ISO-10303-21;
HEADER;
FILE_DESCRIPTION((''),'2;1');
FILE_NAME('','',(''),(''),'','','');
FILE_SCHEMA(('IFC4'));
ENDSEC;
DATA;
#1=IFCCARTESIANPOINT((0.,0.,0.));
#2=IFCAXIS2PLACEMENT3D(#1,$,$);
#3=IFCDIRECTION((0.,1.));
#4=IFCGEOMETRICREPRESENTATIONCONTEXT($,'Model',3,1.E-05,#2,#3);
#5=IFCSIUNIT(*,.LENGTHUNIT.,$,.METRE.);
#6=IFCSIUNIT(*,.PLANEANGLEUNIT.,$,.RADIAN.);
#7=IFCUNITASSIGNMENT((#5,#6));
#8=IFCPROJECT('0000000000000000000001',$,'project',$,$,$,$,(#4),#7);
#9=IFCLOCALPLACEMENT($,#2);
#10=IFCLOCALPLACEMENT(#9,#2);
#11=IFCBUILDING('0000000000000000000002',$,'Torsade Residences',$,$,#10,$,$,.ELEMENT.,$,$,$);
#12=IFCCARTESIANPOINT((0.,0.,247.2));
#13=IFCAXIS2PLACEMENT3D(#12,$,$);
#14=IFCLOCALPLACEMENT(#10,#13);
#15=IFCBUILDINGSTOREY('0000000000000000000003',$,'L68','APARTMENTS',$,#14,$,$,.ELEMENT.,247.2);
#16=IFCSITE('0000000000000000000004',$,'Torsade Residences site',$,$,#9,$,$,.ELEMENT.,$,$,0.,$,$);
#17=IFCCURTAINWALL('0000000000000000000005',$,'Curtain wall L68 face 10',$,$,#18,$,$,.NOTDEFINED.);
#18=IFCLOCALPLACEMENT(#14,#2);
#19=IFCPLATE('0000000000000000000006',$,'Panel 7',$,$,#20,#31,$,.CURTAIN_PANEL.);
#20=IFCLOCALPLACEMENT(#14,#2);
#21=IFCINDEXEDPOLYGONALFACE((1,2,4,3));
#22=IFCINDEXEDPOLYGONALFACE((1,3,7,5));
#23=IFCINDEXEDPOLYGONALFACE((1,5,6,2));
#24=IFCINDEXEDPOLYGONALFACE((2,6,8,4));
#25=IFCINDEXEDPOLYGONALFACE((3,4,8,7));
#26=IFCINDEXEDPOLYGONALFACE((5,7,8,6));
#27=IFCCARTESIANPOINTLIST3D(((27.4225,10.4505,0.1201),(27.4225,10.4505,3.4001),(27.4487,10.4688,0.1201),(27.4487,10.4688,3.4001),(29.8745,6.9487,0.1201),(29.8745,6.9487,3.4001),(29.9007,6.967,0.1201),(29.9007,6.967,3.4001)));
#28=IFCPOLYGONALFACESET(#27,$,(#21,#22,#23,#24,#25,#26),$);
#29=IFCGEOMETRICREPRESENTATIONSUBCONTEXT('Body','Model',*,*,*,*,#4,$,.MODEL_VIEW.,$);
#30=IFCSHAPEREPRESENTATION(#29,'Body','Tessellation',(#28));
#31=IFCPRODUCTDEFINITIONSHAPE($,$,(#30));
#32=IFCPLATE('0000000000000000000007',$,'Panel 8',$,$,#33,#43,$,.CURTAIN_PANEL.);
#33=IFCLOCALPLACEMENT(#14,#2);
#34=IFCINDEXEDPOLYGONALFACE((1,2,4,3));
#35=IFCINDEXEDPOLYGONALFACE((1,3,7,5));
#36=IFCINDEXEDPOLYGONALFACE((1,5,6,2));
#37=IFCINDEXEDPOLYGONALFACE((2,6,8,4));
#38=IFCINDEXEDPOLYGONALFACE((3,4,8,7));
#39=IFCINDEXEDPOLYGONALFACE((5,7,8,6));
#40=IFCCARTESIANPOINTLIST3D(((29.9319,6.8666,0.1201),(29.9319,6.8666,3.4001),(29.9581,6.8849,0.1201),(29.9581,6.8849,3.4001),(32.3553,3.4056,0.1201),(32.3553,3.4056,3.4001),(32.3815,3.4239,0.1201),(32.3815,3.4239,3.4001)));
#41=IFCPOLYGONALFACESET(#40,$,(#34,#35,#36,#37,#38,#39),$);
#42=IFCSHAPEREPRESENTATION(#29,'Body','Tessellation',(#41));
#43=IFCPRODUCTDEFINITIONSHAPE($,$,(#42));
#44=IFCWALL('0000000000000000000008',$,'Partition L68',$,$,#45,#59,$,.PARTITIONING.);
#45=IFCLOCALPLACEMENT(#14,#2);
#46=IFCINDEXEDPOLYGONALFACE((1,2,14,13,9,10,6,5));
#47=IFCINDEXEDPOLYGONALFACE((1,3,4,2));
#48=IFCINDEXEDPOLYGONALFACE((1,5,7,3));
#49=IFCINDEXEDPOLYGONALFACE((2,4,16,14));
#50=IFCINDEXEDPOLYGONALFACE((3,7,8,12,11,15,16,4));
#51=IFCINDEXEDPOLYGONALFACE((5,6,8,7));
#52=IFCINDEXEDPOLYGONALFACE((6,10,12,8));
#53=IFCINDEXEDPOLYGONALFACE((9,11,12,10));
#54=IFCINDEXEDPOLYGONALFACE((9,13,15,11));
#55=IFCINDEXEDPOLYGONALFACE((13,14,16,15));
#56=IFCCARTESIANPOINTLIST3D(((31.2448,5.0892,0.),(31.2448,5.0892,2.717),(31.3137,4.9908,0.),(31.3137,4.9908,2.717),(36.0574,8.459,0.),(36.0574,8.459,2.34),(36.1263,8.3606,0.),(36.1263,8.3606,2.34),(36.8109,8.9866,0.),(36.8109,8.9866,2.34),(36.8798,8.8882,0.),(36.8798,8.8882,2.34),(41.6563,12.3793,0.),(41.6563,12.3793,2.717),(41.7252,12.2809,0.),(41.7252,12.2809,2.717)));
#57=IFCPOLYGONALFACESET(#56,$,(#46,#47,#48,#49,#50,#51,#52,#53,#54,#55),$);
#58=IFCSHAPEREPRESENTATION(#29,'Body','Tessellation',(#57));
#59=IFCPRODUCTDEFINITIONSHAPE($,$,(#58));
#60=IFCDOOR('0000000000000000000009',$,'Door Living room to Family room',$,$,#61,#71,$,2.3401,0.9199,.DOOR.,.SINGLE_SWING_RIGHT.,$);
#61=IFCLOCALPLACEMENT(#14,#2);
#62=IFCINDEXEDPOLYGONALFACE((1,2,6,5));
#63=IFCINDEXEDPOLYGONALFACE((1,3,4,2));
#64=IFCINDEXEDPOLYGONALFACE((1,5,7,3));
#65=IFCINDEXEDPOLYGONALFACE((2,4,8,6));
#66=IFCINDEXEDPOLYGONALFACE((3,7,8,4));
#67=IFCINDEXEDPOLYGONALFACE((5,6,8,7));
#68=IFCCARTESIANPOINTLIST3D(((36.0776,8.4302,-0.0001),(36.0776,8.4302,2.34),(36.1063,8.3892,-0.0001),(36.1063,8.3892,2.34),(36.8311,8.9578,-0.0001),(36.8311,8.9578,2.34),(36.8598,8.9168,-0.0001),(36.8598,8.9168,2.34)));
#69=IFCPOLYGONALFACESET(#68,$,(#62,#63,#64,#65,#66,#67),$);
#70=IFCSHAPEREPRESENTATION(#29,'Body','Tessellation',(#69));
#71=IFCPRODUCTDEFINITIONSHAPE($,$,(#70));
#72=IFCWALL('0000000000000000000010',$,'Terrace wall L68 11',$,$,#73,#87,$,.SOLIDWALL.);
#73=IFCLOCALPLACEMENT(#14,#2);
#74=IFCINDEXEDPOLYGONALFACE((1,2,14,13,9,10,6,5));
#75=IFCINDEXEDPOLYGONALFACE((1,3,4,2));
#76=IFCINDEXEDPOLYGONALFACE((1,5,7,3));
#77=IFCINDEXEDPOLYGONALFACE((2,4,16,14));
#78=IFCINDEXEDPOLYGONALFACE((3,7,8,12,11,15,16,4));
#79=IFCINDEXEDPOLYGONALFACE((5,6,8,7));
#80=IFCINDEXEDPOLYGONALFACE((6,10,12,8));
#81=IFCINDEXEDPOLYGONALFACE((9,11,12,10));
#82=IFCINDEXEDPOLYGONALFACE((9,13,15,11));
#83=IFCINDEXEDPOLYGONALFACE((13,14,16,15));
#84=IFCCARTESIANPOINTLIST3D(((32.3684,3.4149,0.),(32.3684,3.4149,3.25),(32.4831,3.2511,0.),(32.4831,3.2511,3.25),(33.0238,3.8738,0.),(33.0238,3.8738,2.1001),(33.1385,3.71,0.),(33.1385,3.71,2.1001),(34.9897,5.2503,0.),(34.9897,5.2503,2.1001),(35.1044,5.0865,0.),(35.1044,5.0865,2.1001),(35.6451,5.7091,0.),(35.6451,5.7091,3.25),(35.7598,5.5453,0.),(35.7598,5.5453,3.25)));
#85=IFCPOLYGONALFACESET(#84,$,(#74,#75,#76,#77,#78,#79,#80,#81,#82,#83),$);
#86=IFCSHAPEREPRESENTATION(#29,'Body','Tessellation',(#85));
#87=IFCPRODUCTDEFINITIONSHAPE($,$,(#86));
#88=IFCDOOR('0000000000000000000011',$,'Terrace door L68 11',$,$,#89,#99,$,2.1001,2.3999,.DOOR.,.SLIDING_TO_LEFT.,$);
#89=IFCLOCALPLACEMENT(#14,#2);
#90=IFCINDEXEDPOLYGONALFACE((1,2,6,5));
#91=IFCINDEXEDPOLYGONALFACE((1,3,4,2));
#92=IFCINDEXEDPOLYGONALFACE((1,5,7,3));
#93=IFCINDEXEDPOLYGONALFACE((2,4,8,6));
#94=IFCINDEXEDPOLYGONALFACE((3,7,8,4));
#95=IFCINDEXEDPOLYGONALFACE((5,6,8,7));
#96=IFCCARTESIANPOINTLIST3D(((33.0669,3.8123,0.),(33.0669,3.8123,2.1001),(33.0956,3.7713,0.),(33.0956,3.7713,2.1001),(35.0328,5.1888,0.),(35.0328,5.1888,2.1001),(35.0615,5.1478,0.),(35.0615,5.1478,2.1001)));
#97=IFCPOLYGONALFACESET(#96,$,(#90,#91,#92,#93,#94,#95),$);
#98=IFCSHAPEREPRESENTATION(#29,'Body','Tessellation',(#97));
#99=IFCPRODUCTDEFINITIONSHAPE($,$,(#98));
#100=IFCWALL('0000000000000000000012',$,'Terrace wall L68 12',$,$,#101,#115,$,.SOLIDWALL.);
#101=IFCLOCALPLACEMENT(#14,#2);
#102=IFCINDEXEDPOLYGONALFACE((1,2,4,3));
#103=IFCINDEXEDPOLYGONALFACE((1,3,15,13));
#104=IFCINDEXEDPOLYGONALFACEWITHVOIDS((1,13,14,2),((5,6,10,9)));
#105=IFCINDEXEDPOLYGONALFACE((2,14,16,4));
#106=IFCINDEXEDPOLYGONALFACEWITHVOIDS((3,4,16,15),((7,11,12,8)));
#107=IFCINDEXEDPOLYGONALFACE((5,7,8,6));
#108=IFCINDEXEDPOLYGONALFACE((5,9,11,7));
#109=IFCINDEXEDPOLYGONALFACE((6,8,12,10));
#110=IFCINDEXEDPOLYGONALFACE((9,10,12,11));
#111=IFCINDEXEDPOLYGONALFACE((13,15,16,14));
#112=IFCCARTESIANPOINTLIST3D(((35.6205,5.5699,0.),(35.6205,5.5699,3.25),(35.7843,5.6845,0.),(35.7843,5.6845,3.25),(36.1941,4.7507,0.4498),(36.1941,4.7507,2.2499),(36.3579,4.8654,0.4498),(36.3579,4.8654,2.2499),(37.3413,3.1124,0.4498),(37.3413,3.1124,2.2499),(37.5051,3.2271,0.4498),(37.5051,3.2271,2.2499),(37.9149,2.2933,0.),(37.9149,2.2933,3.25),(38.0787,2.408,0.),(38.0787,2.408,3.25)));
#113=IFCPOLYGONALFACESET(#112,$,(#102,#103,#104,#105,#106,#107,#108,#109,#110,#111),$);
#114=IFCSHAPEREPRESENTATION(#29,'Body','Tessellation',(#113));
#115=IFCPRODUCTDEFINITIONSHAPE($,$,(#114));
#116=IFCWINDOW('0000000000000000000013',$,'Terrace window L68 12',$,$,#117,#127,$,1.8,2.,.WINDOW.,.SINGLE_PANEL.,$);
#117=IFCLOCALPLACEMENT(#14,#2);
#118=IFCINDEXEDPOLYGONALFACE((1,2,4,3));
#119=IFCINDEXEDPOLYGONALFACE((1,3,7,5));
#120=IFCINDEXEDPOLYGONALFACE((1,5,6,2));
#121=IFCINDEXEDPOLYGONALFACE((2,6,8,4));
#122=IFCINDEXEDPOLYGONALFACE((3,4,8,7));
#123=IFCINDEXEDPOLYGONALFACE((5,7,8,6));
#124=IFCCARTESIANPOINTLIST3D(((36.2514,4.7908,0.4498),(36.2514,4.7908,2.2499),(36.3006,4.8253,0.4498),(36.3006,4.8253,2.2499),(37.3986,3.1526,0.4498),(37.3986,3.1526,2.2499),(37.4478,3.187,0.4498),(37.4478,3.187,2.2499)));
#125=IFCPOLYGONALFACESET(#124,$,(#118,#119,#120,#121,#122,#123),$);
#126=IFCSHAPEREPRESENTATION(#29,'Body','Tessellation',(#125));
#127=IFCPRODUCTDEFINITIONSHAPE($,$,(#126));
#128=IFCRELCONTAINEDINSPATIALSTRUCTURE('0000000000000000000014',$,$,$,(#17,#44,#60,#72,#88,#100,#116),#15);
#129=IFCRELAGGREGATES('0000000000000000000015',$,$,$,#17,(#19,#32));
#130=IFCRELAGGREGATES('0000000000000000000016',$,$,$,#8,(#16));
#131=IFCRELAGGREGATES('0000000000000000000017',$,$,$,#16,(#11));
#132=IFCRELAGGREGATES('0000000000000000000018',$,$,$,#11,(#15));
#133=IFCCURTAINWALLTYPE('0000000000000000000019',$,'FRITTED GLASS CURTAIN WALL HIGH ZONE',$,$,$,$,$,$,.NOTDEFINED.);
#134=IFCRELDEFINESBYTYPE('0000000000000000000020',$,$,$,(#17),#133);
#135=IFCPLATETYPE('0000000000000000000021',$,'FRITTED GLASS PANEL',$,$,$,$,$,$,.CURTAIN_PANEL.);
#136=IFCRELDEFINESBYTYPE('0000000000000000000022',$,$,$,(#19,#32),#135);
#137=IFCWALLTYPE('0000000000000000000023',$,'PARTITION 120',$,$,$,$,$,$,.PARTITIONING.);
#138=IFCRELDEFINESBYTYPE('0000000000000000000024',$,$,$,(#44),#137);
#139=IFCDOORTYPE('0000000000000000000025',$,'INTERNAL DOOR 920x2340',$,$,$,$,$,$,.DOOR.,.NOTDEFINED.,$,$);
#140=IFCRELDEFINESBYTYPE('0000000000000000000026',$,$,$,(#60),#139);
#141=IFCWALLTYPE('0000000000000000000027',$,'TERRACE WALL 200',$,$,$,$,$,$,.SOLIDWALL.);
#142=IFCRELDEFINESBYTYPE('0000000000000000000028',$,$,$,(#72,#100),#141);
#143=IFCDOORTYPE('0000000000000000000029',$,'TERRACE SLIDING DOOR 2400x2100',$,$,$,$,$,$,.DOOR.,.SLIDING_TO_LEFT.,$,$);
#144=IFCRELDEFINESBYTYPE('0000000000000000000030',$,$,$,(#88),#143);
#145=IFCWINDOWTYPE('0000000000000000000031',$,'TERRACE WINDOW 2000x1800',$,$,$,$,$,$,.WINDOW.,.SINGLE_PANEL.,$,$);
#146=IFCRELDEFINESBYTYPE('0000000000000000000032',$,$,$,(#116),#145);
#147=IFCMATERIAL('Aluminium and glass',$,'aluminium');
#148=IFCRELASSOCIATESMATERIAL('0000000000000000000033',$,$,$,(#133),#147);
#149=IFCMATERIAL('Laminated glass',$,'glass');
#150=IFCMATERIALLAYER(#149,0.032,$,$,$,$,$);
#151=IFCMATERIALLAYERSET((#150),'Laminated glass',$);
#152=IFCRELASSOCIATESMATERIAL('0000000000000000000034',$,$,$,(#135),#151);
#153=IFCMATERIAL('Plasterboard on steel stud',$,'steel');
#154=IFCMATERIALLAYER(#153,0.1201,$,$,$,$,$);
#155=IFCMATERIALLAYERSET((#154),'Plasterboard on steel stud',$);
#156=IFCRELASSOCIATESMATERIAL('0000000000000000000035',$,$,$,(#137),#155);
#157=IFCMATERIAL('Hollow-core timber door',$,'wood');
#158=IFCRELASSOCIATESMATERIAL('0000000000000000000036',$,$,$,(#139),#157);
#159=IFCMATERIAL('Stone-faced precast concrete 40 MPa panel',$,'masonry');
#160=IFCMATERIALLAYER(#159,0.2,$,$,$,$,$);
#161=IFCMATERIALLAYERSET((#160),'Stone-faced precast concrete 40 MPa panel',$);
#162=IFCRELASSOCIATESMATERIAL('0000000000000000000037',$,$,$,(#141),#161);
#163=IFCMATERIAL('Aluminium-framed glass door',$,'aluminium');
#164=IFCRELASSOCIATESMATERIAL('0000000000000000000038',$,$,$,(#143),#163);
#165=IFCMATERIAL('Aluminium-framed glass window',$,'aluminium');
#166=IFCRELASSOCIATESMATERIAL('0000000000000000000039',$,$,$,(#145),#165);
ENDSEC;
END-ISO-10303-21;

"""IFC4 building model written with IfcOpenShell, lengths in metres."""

from ifc_helpers import new_model, si_unit, direction, frame, frame_2d, origin, origin_2d, place, context, subcontext, project, spatial, rectangle, extrude, material, layer, layer_set, type_object, element, fill, aggregate, save


model = new_model("IFC4")

# Units and contexts
model_context = context("Model", 3, precision=1e-05, world=origin(), true_north=direction((0.0, 1.0)))
body_context = subcontext(model_context, "Body", "Model", "MODEL_VIEW")
ifc_project = project(units=[si_unit("LENGTHUNIT", "METRE"), si_unit("PLANEANGLEUNIT", "RADIAN")], contexts=[model_context])

# Site, building, storey
site_placement = place(None, origin())
site = spatial("IfcSite", under=ifc_project, at=site_placement, Name="Torsade Residences site", CompositionType="ELEMENT", RefElevation=0.0)
building_placement = place(site_placement, origin())
building = spatial("IfcBuilding", under=site, at=building_placement, Name="Torsade Residences", CompositionType="ELEMENT")
storey_placement = place(building_placement, frame((0.0, 0.0, 247.2)))
storey = spatial("IfcBuildingStorey", under=building, at=storey_placement, Name="L68", Description="APARTMENTS", CompositionType="ELEMENT", Elevation=247.2)

# Shared definitions
ifc_material_1 = material(Name="Aluminium and glass", Category="aluminium")
curtain_wall_type = type_object("IfcCurtainWallType", Name="FRITTED GLASS CURTAIN WALL HIGH ZONE", PredefinedType="NOTDEFINED", material=ifc_material_1)

# Curtain wall
curtain_wall_1_placement = place(storey_placement, origin())
curtain_wall_1 = element("IfcCurtainWall", 1, at=curtain_wall_1_placement, inside=storey, type_object=curtain_wall_type, Name="Curtain wall L68 face 10", PredefinedType="NOTDEFINED")

# Plates
ifc_material_2 = material(Name="Laminated glass", Category="glass")
ifc_layer_1 = layer(ifc_material_2, 0.032)
ifc_layer_set_1 = layer_set([ifc_layer_1], Name="Laminated glass")
plate_type = type_object("IfcPlateType", Name="FRITTED GLASS PANEL", PredefinedType="CURTAIN_PANEL", material=ifc_layer_set_1)
plate_1_placement = place(storey_placement, frame((28.6616, 8.7087, 0.1201), z_axis=(0.0, 0.0, 1.0), x_axis=(0.573576, -0.819152, 0.0)))
plate_1 = element("IfcPlate", 2, at=plate_1_placement, type_object=plate_type, Name="Panel 7", PredefinedType="CURTAIN_PANEL", context=body_context, shape_type="SweptSolid", body=[
    extrude(rectangle(XDim=4.2749, YDim=0.032, at=origin_2d()), origin(), (0.0, 0.0, 1.0), 3.28),
])
plate_2_placement = place(storey_placement, frame((31.1567, 5.1453, 0.1201), z_axis=(0.0, 0.0, 1.0), x_axis=(0.573576, -0.819152, 0.0)))
plate_2 = element("IfcPlate", 3, at=plate_2_placement, type_object=plate_type, Name="Panel 8", PredefinedType="CURTAIN_PANEL", context=body_context, shape_type="SweptSolid", body=[
    extrude(rectangle(XDim=4.2251, YDim=0.032, at=origin_2d()), origin(), (0.0, 0.0, 1.0), 3.28),
])
aggregate(curtain_wall_1, [plate_1, plate_2])

# Walls, openings, doors
ifc_material_3 = material(Name="Plasterboard on steel stud", Category="steel")
ifc_layer_2 = layer(ifc_material_3, 0.1201)
ifc_layer_set_2 = layer_set([ifc_layer_2], Name="Plasterboard on steel stud")
wall_type_1 = type_object("IfcWallType", Name="PARTITION 120", PredefinedType="PARTITIONING", material=ifc_layer_set_2)
wall_1_placement = place(storey_placement, frame((31.2793, 5.04, 0.0), z_axis=(0.0, 0.0, 1.0), x_axis=(0.819155, 0.573572, 0.0)))
wall_1 = element("IfcWall", 4, at=wall_1_placement, inside=storey, type_object=wall_type_1, Name="Partition L68", PredefinedType="PARTITIONING", context=body_context, shape_type="SweptSolid", body=[
    extrude(rectangle(XDim=12.71, YDim=0.1201, at=frame_2d((6.355, 0.0))), origin(), (0.0, 0.0, 1.0), 2.717),
])
opening_1_placement = place(wall_1_placement, frame((5.875, 0.0, 0.0)))
opening_1 = element("IfcOpeningElement", 5, at=opening_1_placement, cuts=wall_1, PredefinedType="OPENING", context=body_context, shape_type="SweptSolid", body=[
    extrude(rectangle(XDim=0.9199, YDim=2.3401, at=frame_2d((0.46, 1.1699))), frame((0.0, 0.0701, 0.0), z_axis=(0.0, -1.0, 0.0), x_axis=(1.0, 0.0, 0.0)), (0.0, 0.0, 1.0), 0.1401),
])
ifc_material_4 = material(Name="Hollow-core timber door", Category="wood")
door_type_1 = type_object("IfcDoorType", Name="INTERNAL DOOR 920x2340", OperationType="NOTDEFINED", PredefinedType="DOOR", material=ifc_material_4)
door_1_placement = place(opening_1_placement, origin())
door_1 = element("IfcDoor", 6, at=door_1_placement, inside=storey, type_object=door_type_1, Name="Door Living room to Family room", OperationType="SINGLE_SWING_RIGHT", OverallHeight=2.3401, OverallWidth=0.9199, PredefinedType="DOOR", context=body_context, shape_type="SweptSolid", body=[
    extrude(rectangle(XDim=0.9199, YDim=2.3401, at=frame_2d((0.46, 1.1699))), frame((0.0, 0.0249, 0.0), z_axis=(0.0, -1.0, 0.0), x_axis=(1.0, 0.0, 0.0)), (0.0, 0.0, 1.0), 0.05),
])
fill(opening_1, door_1)
ifc_material_5 = material(Name="Stone-faced precast concrete 40 MPa panel", Category="masonry")
ifc_layer_3 = layer(ifc_material_5, 0.2)
ifc_layer_set_3 = layer_set([ifc_layer_3], Name="Stone-faced precast concrete 40 MPa panel")
wall_type_2 = type_object("IfcWallType", Name="TERRACE WALL 200", PredefinedType="SOLIDWALL", material=ifc_layer_set_3)
wall_2_placement = place(storey_placement, frame((32.4258, 3.333, 0.0), z_axis=(0.0, 0.0, 1.0), x_axis=(0.819166, 0.573557, 0.0)))
wall_2 = element("IfcWall", 7, at=wall_2_placement, inside=storey, type_object=wall_type_2, Name="Terrace wall L68 11", PredefinedType="SOLIDWALL", context=body_context, shape_type="SweptSolid", body=[
    extrude(rectangle(XDim=4.0, YDim=0.2, at=frame_2d((2.0, 0.0))), origin(), (0.0, 0.0, 1.0), 3.25),
])
opening_2_placement = place(wall_2_placement, frame((0.8, 0.0, 0.0)))
opening_2 = element("IfcOpeningElement", 8, at=opening_2_placement, cuts=wall_2, PredefinedType="OPENING", context=body_context, shape_type="SweptSolid", body=[
    extrude(rectangle(XDim=2.3999, YDim=2.1001, at=frame_2d((1.2, 1.05))), frame((0.0, 0.1099, 0.0), z_axis=(0.0, -1.0, 0.0), x_axis=(1.0, 0.0, 0.0)), (0.0, 0.0, 1.0), 0.22),
])
ifc_material_6 = material(Name="Aluminium-framed glass door", Category="aluminium")
door_type_2 = type_object("IfcDoorType", Name="TERRACE SLIDING DOOR 2400x2100", OperationType="SLIDING_TO_LEFT", PredefinedType="DOOR", material=ifc_material_6)
door_2_placement = place(opening_2_placement, origin())
door_2 = element("IfcDoor", 9, at=door_2_placement, inside=storey, type_object=door_type_2, Name="Terrace door L68 11", OperationType="SLIDING_TO_LEFT", OverallHeight=2.1001, OverallWidth=2.3999, PredefinedType="DOOR", context=body_context, shape_type="SweptSolid", body=[
    extrude(rectangle(XDim=2.3999, YDim=2.1001, at=frame_2d((1.2, 1.05))), frame((0.0, 0.0249, 0.0), z_axis=(0.0, -1.0, 0.0), x_axis=(1.0, 0.0, 0.0)), (0.0, 0.0, 1.0), 0.05),
])
fill(opening_2, door_2)

# Wall, opening, window
wall_3_placement = place(storey_placement, frame((35.7024, 5.6272, 0.0), z_axis=(0.0, 0.0, 1.0), x_axis=(0.573598, -0.819137, 0.0)))
wall_3 = element("IfcWall", 10, at=wall_3_placement, inside=storey, type_object=wall_type_2, Name="Terrace wall L68 12", PredefinedType="SOLIDWALL", context=body_context, shape_type="SweptSolid", body=[
    extrude(rectangle(XDim=4.0, YDim=0.2, at=frame_2d((2.0, 0.0))), origin(), (0.0, 0.0, 1.0), 3.25),
])
opening_3_placement = place(wall_3_placement, frame((1.0, 0.0, 0.45)))
opening_3 = element("IfcOpeningElement", 11, at=opening_3_placement, cuts=wall_3, PredefinedType="OPENING", context=body_context, shape_type="SweptSolid", body=[
    extrude(rectangle(XDim=2.0, YDim=1.8, at=frame_2d((1.0, 0.8999))), frame((0.0, 0.1099, 0.0), z_axis=(0.0, -1.0, 0.0), x_axis=(1.0, 0.0, 0.0)), (0.0, 0.0, 1.0), 0.22),
])
ifc_material_7 = material(Name="Aluminium-framed glass window", Category="aluminium")
window_type = type_object("IfcWindowType", Name="TERRACE WINDOW 2000x1800", PartitioningType="SINGLE_PANEL", PredefinedType="WINDOW", material=ifc_material_7)
window_placement = place(opening_3_placement, origin())
window = element("IfcWindow", 12, at=window_placement, inside=storey, type_object=window_type, Name="Terrace window L68 12", OverallHeight=1.8, OverallWidth=2.0, PartitioningType="SINGLE_PANEL", PredefinedType="WINDOW", context=body_context, shape_type="SweptSolid", body=[
    extrude(rectangle(XDim=2.0, YDim=1.8, at=frame_2d((1.0, 0.8999))), frame((0.0, 0.03, 0.0), z_axis=(0.0, -1.0, 0.0), x_axis=(1.0, 0.0, 0.0)), (0.0, 0.0, 1.0), 0.0601),
])
fill(opening_3, window)

save(model, "model.ifc")
